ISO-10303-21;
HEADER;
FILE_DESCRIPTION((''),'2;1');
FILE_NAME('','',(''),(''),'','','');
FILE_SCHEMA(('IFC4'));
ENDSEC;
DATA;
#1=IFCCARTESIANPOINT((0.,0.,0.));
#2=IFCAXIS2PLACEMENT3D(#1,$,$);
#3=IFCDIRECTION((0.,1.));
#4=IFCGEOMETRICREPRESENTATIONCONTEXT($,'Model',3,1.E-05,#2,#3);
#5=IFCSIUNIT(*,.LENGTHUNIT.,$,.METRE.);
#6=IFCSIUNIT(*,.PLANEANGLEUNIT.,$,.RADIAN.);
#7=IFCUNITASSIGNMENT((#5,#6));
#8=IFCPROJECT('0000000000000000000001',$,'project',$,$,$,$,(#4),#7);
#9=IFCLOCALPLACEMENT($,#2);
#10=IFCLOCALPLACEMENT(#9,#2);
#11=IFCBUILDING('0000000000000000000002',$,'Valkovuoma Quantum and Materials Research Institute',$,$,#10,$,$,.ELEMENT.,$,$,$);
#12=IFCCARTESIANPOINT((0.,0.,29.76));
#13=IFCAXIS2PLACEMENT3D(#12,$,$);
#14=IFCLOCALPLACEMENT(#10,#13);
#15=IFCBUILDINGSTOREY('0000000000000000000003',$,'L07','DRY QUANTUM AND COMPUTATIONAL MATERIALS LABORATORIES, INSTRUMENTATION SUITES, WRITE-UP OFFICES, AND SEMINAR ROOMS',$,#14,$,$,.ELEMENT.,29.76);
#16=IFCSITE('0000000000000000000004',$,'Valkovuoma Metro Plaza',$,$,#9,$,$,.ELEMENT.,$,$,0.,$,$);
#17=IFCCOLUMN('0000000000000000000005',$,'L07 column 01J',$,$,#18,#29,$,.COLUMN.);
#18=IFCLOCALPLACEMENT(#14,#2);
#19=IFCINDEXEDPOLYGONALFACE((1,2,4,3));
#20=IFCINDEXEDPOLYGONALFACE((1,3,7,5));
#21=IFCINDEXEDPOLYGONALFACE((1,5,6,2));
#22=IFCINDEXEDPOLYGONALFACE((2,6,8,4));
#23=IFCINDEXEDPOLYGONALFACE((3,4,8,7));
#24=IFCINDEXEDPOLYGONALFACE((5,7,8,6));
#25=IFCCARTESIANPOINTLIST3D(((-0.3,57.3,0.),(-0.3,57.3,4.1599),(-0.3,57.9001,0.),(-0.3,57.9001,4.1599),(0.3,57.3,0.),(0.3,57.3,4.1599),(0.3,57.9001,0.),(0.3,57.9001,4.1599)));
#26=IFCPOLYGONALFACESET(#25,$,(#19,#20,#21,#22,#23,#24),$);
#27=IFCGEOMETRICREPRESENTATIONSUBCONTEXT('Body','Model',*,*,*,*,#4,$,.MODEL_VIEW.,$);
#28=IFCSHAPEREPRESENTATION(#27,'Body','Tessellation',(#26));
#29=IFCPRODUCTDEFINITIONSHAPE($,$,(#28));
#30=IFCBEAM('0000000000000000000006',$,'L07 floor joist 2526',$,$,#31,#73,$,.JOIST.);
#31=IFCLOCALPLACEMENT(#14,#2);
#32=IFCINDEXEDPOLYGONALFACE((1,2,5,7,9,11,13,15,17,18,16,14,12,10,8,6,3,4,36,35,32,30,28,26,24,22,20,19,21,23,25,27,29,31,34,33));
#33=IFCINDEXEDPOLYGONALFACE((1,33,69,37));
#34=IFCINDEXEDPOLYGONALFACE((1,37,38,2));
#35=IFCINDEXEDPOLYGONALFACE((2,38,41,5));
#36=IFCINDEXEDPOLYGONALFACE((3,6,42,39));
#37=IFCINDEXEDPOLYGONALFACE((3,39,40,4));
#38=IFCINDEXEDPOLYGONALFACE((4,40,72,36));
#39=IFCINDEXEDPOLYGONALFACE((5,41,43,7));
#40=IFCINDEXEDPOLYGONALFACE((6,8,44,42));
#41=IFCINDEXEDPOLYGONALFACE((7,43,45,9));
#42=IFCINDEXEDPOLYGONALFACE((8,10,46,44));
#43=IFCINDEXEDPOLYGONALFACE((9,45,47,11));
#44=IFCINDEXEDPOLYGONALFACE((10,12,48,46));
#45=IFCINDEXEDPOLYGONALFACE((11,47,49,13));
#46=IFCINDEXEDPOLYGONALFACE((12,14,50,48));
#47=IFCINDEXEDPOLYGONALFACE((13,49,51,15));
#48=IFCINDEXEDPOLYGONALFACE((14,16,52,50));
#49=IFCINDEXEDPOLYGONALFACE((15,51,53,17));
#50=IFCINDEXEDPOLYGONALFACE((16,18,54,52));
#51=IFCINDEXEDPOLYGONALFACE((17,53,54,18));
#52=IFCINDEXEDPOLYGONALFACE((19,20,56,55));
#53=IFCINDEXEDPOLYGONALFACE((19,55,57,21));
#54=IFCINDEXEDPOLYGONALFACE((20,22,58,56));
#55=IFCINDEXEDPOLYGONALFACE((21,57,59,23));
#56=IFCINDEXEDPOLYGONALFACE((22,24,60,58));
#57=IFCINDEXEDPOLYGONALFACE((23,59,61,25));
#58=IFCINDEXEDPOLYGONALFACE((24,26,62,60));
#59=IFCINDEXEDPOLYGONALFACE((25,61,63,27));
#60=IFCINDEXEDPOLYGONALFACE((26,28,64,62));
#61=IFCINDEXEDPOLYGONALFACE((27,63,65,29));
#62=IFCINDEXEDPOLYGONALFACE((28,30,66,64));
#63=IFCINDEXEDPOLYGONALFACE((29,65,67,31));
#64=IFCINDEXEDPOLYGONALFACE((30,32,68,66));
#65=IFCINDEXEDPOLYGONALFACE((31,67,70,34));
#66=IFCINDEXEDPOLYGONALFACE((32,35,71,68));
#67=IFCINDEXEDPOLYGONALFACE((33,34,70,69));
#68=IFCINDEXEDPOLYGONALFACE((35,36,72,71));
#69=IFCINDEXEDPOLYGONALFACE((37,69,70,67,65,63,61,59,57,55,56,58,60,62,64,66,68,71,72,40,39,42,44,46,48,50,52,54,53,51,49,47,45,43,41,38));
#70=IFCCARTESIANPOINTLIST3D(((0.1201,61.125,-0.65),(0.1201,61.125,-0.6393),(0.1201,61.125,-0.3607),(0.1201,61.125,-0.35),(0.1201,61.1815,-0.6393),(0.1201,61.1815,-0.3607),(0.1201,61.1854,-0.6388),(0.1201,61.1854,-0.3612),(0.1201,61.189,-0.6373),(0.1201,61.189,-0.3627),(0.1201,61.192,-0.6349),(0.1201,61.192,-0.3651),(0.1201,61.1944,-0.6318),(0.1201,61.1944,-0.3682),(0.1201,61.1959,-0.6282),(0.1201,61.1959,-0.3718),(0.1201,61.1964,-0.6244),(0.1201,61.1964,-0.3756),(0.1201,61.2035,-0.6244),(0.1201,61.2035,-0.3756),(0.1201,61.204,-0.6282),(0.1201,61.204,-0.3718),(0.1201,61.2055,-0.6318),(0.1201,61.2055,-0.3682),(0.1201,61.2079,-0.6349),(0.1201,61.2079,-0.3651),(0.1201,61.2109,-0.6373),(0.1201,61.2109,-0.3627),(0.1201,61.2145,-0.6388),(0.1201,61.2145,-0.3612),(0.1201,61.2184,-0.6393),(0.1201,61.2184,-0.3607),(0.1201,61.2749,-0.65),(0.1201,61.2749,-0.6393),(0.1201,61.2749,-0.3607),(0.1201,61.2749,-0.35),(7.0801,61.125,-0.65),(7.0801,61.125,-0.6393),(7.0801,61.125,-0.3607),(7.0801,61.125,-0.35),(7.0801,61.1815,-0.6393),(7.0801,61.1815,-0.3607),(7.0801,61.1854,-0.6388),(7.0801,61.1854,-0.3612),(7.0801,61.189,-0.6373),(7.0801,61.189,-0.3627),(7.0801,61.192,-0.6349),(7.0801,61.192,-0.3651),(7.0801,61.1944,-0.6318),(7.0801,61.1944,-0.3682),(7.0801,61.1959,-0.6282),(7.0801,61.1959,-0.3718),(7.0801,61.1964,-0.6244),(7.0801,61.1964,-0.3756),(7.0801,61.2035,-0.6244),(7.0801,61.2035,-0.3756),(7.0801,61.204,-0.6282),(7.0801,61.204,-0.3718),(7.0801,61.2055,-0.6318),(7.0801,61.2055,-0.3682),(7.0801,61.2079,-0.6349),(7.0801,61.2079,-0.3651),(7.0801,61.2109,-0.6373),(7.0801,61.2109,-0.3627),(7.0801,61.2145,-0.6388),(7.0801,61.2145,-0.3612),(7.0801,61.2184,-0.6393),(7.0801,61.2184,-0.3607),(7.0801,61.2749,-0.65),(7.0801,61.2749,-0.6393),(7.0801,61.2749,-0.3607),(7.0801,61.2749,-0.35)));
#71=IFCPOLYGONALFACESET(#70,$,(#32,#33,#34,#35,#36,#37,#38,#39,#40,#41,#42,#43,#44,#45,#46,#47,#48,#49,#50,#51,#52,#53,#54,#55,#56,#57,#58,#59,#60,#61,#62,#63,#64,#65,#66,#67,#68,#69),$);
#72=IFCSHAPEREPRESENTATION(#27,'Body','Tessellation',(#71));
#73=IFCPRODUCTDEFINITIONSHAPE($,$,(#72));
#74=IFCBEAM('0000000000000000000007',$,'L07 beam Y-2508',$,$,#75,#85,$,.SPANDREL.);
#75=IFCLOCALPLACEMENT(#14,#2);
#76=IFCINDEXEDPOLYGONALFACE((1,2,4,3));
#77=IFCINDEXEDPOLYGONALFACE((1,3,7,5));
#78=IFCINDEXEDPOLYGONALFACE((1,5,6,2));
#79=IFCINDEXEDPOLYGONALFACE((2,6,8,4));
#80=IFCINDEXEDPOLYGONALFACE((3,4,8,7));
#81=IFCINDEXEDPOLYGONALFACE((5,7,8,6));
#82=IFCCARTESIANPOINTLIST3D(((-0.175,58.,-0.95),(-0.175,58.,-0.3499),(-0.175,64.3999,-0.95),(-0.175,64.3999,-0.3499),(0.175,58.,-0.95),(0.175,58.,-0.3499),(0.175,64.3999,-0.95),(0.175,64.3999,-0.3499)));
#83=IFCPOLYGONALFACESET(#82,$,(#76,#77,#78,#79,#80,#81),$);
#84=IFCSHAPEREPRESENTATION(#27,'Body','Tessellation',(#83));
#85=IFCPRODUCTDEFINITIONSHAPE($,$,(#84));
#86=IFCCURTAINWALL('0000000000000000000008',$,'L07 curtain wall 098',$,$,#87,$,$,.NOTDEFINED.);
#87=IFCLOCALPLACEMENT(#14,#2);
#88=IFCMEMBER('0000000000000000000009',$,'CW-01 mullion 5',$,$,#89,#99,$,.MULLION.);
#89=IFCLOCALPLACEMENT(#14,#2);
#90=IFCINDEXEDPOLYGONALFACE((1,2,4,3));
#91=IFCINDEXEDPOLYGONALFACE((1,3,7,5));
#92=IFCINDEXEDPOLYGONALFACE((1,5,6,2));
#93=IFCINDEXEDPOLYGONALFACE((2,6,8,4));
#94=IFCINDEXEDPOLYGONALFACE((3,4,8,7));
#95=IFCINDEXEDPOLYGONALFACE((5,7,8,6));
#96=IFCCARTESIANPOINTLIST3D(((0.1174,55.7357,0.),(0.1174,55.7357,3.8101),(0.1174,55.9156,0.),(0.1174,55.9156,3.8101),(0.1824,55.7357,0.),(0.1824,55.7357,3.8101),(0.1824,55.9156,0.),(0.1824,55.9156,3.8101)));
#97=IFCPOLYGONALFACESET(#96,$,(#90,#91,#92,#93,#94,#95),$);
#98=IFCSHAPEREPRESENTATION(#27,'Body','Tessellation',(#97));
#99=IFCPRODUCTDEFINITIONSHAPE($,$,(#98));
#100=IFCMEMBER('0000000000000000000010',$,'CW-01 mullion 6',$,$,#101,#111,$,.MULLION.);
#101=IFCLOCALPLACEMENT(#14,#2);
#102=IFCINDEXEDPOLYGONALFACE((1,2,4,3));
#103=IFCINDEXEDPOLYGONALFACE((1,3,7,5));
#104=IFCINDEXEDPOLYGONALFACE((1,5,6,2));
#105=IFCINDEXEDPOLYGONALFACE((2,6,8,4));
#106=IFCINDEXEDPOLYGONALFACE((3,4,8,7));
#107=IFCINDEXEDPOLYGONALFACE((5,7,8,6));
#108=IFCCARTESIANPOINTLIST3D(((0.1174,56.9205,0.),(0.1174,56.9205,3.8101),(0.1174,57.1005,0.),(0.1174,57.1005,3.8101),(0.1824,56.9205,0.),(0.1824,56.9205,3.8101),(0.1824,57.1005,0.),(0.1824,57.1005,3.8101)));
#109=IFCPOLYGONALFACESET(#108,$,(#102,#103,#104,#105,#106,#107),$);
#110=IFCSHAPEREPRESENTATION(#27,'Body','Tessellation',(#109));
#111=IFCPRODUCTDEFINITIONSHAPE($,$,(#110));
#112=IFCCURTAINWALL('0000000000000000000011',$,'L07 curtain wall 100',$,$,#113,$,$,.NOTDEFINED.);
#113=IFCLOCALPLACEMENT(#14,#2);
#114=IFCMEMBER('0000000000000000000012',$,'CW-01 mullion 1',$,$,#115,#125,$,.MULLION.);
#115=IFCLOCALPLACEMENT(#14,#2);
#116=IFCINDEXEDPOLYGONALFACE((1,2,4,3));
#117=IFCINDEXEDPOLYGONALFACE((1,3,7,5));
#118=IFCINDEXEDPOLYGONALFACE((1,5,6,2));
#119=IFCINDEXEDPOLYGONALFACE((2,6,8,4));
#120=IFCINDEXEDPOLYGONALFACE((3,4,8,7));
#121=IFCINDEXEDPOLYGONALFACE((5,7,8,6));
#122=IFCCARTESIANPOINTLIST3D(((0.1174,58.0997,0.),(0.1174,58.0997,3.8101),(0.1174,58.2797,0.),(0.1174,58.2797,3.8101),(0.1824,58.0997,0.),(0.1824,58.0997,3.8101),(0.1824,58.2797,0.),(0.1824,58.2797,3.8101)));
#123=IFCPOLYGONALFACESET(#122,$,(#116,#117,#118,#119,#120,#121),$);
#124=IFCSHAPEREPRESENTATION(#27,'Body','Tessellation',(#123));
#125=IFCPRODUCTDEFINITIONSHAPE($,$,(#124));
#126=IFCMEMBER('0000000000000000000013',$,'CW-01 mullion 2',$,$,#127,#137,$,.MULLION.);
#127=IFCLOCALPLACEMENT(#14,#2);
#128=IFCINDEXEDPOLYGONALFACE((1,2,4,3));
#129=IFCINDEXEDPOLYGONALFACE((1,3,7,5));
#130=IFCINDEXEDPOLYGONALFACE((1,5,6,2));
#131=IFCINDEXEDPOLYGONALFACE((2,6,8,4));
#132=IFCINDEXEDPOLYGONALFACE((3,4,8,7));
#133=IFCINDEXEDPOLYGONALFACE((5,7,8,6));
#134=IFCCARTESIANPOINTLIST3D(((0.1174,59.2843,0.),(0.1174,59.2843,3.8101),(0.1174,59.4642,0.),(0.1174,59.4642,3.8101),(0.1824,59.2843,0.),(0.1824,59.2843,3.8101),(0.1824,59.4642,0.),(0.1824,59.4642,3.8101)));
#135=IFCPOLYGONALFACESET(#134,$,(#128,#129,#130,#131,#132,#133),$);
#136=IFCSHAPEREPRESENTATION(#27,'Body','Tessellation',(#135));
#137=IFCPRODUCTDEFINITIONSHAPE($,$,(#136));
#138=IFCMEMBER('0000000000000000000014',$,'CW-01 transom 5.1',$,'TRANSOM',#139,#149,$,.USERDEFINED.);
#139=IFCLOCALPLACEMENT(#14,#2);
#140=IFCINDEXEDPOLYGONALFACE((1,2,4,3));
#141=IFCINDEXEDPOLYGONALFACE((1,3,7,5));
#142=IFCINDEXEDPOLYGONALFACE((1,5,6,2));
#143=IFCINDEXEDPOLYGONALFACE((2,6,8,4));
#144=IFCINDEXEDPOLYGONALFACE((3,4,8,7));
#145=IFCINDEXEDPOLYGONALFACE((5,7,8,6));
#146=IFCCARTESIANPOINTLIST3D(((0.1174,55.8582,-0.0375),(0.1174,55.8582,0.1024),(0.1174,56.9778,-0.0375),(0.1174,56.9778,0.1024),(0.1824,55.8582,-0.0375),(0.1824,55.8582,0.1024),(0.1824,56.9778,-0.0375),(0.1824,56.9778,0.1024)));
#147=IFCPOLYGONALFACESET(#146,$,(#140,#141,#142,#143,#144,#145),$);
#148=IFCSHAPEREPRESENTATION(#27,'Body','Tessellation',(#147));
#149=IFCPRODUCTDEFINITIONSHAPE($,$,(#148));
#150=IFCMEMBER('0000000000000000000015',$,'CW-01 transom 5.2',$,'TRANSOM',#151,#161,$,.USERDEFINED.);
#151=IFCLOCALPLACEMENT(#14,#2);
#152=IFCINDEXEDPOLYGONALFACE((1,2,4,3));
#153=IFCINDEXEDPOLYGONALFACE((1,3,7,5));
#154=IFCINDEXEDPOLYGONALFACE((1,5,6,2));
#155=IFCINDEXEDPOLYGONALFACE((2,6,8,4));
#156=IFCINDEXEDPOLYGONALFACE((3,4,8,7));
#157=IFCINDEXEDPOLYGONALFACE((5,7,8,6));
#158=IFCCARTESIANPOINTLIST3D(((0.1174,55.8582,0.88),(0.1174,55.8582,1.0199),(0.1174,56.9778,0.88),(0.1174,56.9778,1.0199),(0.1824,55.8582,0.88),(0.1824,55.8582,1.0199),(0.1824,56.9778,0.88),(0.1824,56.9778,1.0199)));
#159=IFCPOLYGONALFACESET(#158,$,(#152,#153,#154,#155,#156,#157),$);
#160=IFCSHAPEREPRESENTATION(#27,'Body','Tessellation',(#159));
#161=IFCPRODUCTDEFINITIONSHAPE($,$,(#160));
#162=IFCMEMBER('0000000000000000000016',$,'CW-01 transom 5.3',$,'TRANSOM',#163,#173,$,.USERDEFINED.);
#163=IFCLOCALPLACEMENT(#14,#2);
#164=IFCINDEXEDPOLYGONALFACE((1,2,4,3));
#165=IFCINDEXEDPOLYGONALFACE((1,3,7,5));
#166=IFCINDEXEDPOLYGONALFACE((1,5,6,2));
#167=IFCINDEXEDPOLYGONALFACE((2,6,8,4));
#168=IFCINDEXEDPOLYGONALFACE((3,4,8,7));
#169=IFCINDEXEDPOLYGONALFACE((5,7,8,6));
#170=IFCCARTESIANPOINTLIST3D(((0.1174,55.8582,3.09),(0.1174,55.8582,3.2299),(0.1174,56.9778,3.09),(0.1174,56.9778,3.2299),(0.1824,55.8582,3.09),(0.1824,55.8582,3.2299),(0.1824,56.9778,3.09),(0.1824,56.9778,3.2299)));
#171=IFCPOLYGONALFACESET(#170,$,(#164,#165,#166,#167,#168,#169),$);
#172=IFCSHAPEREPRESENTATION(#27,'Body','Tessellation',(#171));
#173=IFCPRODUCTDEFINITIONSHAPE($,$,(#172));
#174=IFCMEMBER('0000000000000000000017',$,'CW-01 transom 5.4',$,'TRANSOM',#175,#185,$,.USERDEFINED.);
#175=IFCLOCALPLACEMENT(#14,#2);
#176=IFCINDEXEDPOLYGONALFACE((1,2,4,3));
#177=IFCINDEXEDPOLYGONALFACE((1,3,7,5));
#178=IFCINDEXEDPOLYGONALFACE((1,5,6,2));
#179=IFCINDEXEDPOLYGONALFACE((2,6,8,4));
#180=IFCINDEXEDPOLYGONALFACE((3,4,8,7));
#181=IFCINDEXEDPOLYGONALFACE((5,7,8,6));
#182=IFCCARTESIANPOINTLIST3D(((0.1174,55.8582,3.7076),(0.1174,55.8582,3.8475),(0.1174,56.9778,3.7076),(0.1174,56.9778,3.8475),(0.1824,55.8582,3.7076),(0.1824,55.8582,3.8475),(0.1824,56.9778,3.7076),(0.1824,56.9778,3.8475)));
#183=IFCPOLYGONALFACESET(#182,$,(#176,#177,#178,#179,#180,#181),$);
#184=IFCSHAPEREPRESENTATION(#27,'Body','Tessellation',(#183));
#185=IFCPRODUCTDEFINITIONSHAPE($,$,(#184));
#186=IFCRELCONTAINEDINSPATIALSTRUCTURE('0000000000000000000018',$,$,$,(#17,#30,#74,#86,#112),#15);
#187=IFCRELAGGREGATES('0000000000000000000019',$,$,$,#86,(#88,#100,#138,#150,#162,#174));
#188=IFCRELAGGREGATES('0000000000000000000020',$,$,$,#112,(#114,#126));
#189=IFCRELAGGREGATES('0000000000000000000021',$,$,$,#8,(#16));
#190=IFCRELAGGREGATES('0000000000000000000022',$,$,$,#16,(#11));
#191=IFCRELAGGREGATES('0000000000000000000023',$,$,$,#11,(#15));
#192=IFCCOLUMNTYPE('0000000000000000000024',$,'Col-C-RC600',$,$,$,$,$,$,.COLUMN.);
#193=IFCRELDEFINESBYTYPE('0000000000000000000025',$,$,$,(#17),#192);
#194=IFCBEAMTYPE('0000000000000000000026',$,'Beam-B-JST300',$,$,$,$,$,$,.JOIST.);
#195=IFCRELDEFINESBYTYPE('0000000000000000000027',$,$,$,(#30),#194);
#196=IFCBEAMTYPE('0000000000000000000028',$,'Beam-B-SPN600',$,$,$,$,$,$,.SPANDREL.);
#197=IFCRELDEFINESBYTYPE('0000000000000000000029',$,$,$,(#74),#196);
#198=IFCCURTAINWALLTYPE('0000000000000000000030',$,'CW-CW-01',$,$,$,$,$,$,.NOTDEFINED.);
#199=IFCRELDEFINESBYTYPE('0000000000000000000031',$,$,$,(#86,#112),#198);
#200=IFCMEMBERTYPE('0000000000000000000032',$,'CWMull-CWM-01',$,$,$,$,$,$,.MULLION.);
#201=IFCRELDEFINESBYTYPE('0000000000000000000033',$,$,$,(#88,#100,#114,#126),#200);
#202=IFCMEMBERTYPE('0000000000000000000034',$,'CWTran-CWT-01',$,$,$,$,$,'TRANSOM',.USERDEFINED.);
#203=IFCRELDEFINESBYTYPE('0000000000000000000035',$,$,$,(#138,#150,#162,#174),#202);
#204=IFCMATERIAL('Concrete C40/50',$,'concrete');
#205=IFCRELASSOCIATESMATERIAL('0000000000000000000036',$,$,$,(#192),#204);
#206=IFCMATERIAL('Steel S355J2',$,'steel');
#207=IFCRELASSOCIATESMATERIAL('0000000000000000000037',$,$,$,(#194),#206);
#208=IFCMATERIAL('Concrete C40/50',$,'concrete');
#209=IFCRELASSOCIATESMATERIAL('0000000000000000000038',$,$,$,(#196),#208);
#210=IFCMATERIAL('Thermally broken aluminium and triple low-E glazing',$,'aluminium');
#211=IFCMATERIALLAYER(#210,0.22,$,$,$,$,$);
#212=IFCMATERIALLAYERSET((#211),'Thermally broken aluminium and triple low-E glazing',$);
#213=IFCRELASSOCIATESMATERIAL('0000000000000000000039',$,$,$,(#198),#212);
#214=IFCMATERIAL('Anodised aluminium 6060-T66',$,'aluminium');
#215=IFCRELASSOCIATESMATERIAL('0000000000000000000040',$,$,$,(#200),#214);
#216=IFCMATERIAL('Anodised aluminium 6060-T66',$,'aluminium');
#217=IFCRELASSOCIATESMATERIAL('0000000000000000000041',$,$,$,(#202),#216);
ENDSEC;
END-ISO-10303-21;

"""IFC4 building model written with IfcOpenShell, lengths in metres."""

from ifc_helpers import new_model, si_unit, direction, frame, origin, origin_2d, place, context, subcontext, project, spatial, rectangle, i_section, extrude, material, layer, layer_set, material_profile, profile_set, type_object, element, aggregate, save


model = new_model("IFC4")

# Units and contexts
model_context = context("Model", 3, precision=1e-05, world=origin(), true_north=direction((0.0, 1.0)))
body_context = subcontext(model_context, "Body", "Model", "MODEL_VIEW")
ifc_project = project(units=[si_unit("LENGTHUNIT", "METRE"), si_unit("PLANEANGLEUNIT", "RADIAN")], contexts=[model_context])

# Site, building, storey
site_placement = place(None, origin())
site = spatial("IfcSite", under=ifc_project, at=site_placement, Name="Valkovuoma Metro Plaza", CompositionType="ELEMENT", RefElevation=0.0)
building_placement = place(site_placement, origin())
building = spatial("IfcBuilding", under=site, at=building_placement, Name="Valkovuoma Quantum and Materials Research Institute", CompositionType="ELEMENT")
storey_placement = place(building_placement, frame((0.0, 0.0, 29.76)))
storey = spatial("IfcBuildingStorey", under=building, at=storey_placement, Name="L07", Description="DRY QUANTUM AND COMPUTATIONAL MATERIALS LABORATORIES, INSTRUMENTATION SUITES, WRITE-UP OFFICES, AND SEMINAR ROOMS", CompositionType="ELEMENT", Elevation=29.76)

# Column
ifc_material_1 = material(Name="Concrete C40/50", Category="concrete")
ifc_material_profile_1 = material_profile(ifc_material_1, rectangle(XDim=0.6001, YDim=0.6001, at=origin_2d()), Name="Concrete C40/50")
ifc_profile_set_1 = profile_set([ifc_material_profile_1], Name="Concrete C40/50")
column_type = type_object("IfcColumnType", Name="Col-C-RC600", PredefinedType="COLUMN", material=ifc_profile_set_1)
column_placement = place(storey_placement, frame((0.0, 57.6001, 0.0), z_axis=(0.0, 0.0, 1.0), x_axis=(1.0, 0.0, 0.0)))
element("IfcColumn", 1, at=column_placement, inside=storey, type_object=column_type, Name="L07 column 01J", PredefinedType="COLUMN", context=body_context, shape_type="SweptSolid", body=[
    extrude(rectangle(XDim=0.6001, YDim=0.6001, at=origin_2d()), origin(), (0.0, 0.0, 1.0), 4.1599),
])

# Beams
ifc_material_2 = material(Name="Steel S355J2", Category="steel")
ifc_material_profile_2 = material_profile(ifc_material_2, i_section(OverallWidth=0.1499, OverallDepth=0.3, WebThickness=0.0071, FlangeThickness=0.0107, FilletRadius=0.0149, at=origin_2d()), Name="Steel S355J2")
ifc_profile_set_2 = profile_set([ifc_material_profile_2], Name="Steel S355J2")
beam_type_1 = type_object("IfcBeamType", Name="Beam-B-JST300", PredefinedType="JOIST", material=ifc_profile_set_2)
beam_1_placement = place(storey_placement, frame((0.1201, 61.2, -0.5), z_axis=(1.0, 0.0, 0.0), x_axis=(0.0, 1.0, 0.0)))
element("IfcBeam", 2, at=beam_1_placement, inside=storey, type_object=beam_type_1, Name="L07 floor joist 2526", PredefinedType="JOIST", context=body_context, shape_type="SweptSolid", body=[
    extrude(i_section(OverallWidth=0.1499, OverallDepth=0.3, WebThickness=0.0071, FlangeThickness=0.0107, FilletRadius=0.0149, at=origin_2d()), origin(), (0.0, 0.0, 1.0), 6.96),
])
ifc_material_3 = material(Name="Concrete C40/50", Category="concrete")
ifc_material_profile_3 = material_profile(ifc_material_3, rectangle(XDim=0.3501, YDim=0.6001, at=origin_2d()), Name="Concrete C40/50")
ifc_profile_set_3 = profile_set([ifc_material_profile_3], Name="Concrete C40/50")
beam_type_2 = type_object("IfcBeamType", Name="Beam-B-SPN600", PredefinedType="SPANDREL", material=ifc_profile_set_3)
beam_2_placement = place(storey_placement, frame((0.0, 58.0, -0.6499), z_axis=(0.0, 1.0, 0.0), x_axis=(-1.0, 0.0, 0.0)))
element("IfcBeam", 3, at=beam_2_placement, inside=storey, type_object=beam_type_2, Name="L07 beam Y-2508", PredefinedType="SPANDREL", context=body_context, shape_type="SweptSolid", body=[
    extrude(rectangle(XDim=0.3501, YDim=0.6001, at=origin_2d()), origin(), (0.0, 0.0, 1.0), 6.3999),
])

# Curtain walls, members
ifc_material_4 = material(Name="Thermally broken aluminium and triple low-E glazing", Category="aluminium")
ifc_layer_1 = layer(ifc_material_4, 0.22)
ifc_layer_set_1 = layer_set([ifc_layer_1], Name="Thermally broken aluminium and triple low-E glazing")
curtain_wall_type = type_object("IfcCurtainWallType", Name="CW-CW-01", PredefinedType="NOTDEFINED", material=ifc_layer_set_1)
curtain_wall_1_placement = place(storey_placement, origin())
curtain_wall_1 = element("IfcCurtainWall", 4, at=curtain_wall_1_placement, inside=storey, type_object=curtain_wall_type, Name="L07 curtain wall 098", PredefinedType="NOTDEFINED")
ifc_material_5 = material(Name="Anodised aluminium 6060-T66", Category="aluminium")
ifc_material_profile_4 = material_profile(ifc_material_5, rectangle(XDim=0.0649, YDim=0.1799, at=origin_2d()), Name="Anodised aluminium 6060-T66")
ifc_profile_set_4 = profile_set([ifc_material_profile_4], Name="Anodised aluminium 6060-T66")
member_type_1 = type_object("IfcMemberType", Name="CWMull-CWM-01", PredefinedType="MULLION", material=ifc_profile_set_4)
member_1_placement = place(storey_placement, frame((0.1499, 55.8257, 0.0), z_axis=(0.0, 0.0, 1.0), x_axis=(-1.0, 0.0, 0.0)))
member_1 = element("IfcMember", 5, at=member_1_placement, type_object=member_type_1, Name="CW-01 mullion 5", PredefinedType="MULLION", context=body_context, shape_type="SweptSolid", body=[
    extrude(rectangle(XDim=0.0649, YDim=0.1799, at=origin_2d()), origin(), (0.0, 0.0, 1.0), 3.8101),
])
member_2_placement = place(storey_placement, frame((0.1499, 57.0105, 0.0), z_axis=(0.0, 0.0, 1.0), x_axis=(-1.0, 0.0, 0.0)))
member_2 = element("IfcMember", 6, at=member_2_placement, type_object=member_type_1, Name="CW-01 mullion 6", PredefinedType="MULLION", context=body_context, shape_type="SweptSolid", body=[
    extrude(rectangle(XDim=0.0649, YDim=0.1799, at=origin_2d()), origin(), (0.0, 0.0, 1.0), 3.8101),
])
curtain_wall_2_placement = place(storey_placement, origin())
curtain_wall_2 = element("IfcCurtainWall", 7, at=curtain_wall_2_placement, inside=storey, type_object=curtain_wall_type, Name="L07 curtain wall 100", PredefinedType="NOTDEFINED")
member_3_placement = place(storey_placement, frame((0.1499, 58.1897, 0.0), z_axis=(0.0, 0.0, 1.0), x_axis=(-1.0, 0.0, 0.0)))
member_3 = element("IfcMember", 8, at=member_3_placement, type_object=member_type_1, Name="CW-01 mullion 1", PredefinedType="MULLION", context=body_context, shape_type="SweptSolid", body=[
    extrude(rectangle(XDim=0.0649, YDim=0.1799, at=origin_2d()), origin(), (0.0, 0.0, 1.0), 3.8101),
])
member_4_placement = place(storey_placement, frame((0.1499, 59.3743, 0.0), z_axis=(0.0, 0.0, 1.0), x_axis=(-1.0, 0.0, 0.0)))
member_4 = element("IfcMember", 9, at=member_4_placement, type_object=member_type_1, Name="CW-01 mullion 2", PredefinedType="MULLION", context=body_context, shape_type="SweptSolid", body=[
    extrude(rectangle(XDim=0.0649, YDim=0.1799, at=origin_2d()), origin(), (0.0, 0.0, 1.0), 3.8101),
])

# Members
ifc_material_6 = material(Name="Anodised aluminium 6060-T66", Category="aluminium")
ifc_material_profile_5 = material_profile(ifc_material_6, rectangle(XDim=0.0649, YDim=0.1399, at=origin_2d()), Name="Anodised aluminium 6060-T66")
ifc_profile_set_5 = profile_set([ifc_material_profile_5], Name="Anodised aluminium 6060-T66")
member_type_2 = type_object("IfcMemberType", Name="CWTran-CWT-01", ElementType="TRANSOM", PredefinedType="USERDEFINED", material=ifc_profile_set_5)
member_5_placement = place(storey_placement, frame((0.1499, 55.8582, 0.0325), z_axis=(0.0, 1.0, 0.0), x_axis=(-1.0, 0.0, 0.0)))
member_5 = element("IfcMember", 10, at=member_5_placement, type_object=member_type_2, Name="CW-01 transom 5.1", ObjectType="TRANSOM", PredefinedType="USERDEFINED", context=body_context, shape_type="SweptSolid", body=[
    extrude(rectangle(XDim=0.0649, YDim=0.1399, at=origin_2d()), origin(), (0.0, 0.0, 1.0), 1.1196),
])
member_6_placement = place(storey_placement, frame((0.1499, 55.8582, 0.95), z_axis=(0.0, 1.0, 0.0), x_axis=(-1.0, 0.0, 0.0)))
member_6 = element("IfcMember", 11, at=member_6_placement, type_object=member_type_2, Name="CW-01 transom 5.2", ObjectType="TRANSOM", PredefinedType="USERDEFINED", context=body_context, shape_type="SweptSolid", body=[
    extrude(rectangle(XDim=0.0649, YDim=0.1399, at=origin_2d()), origin(), (0.0, 0.0, 1.0), 1.1196),
])
member_7_placement = place(storey_placement, frame((0.1499, 55.8582, 3.1599), z_axis=(0.0, 1.0, 0.0), x_axis=(-1.0, 0.0, 0.0)))
member_7 = element("IfcMember", 12, at=member_7_placement, type_object=member_type_2, Name="CW-01 transom 5.3", ObjectType="TRANSOM", PredefinedType="USERDEFINED", context=body_context, shape_type="SweptSolid", body=[
    extrude(rectangle(XDim=0.0649, YDim=0.1399, at=origin_2d()), origin(), (0.0, 0.0, 1.0), 1.1196),
])
member_8_placement = place(storey_placement, frame((0.1499, 55.8582, 3.7776), z_axis=(0.0, 1.0, 0.0), x_axis=(-1.0, 0.0, 0.0)))
member_8 = element("IfcMember", 13, at=member_8_placement, type_object=member_type_2, Name="CW-01 transom 5.4", ObjectType="TRANSOM", PredefinedType="USERDEFINED", context=body_context, shape_type="SweptSolid", body=[
    extrude(rectangle(XDim=0.0649, YDim=0.1399, at=origin_2d()), origin(), (0.0, 0.0, 1.0), 1.1196),
])

aggregate(curtain_wall_1, [member_1, member_2, member_5, member_6, member_7, member_8])
aggregate(curtain_wall_2, [member_3, member_4])

save(model, "model.ifc")
